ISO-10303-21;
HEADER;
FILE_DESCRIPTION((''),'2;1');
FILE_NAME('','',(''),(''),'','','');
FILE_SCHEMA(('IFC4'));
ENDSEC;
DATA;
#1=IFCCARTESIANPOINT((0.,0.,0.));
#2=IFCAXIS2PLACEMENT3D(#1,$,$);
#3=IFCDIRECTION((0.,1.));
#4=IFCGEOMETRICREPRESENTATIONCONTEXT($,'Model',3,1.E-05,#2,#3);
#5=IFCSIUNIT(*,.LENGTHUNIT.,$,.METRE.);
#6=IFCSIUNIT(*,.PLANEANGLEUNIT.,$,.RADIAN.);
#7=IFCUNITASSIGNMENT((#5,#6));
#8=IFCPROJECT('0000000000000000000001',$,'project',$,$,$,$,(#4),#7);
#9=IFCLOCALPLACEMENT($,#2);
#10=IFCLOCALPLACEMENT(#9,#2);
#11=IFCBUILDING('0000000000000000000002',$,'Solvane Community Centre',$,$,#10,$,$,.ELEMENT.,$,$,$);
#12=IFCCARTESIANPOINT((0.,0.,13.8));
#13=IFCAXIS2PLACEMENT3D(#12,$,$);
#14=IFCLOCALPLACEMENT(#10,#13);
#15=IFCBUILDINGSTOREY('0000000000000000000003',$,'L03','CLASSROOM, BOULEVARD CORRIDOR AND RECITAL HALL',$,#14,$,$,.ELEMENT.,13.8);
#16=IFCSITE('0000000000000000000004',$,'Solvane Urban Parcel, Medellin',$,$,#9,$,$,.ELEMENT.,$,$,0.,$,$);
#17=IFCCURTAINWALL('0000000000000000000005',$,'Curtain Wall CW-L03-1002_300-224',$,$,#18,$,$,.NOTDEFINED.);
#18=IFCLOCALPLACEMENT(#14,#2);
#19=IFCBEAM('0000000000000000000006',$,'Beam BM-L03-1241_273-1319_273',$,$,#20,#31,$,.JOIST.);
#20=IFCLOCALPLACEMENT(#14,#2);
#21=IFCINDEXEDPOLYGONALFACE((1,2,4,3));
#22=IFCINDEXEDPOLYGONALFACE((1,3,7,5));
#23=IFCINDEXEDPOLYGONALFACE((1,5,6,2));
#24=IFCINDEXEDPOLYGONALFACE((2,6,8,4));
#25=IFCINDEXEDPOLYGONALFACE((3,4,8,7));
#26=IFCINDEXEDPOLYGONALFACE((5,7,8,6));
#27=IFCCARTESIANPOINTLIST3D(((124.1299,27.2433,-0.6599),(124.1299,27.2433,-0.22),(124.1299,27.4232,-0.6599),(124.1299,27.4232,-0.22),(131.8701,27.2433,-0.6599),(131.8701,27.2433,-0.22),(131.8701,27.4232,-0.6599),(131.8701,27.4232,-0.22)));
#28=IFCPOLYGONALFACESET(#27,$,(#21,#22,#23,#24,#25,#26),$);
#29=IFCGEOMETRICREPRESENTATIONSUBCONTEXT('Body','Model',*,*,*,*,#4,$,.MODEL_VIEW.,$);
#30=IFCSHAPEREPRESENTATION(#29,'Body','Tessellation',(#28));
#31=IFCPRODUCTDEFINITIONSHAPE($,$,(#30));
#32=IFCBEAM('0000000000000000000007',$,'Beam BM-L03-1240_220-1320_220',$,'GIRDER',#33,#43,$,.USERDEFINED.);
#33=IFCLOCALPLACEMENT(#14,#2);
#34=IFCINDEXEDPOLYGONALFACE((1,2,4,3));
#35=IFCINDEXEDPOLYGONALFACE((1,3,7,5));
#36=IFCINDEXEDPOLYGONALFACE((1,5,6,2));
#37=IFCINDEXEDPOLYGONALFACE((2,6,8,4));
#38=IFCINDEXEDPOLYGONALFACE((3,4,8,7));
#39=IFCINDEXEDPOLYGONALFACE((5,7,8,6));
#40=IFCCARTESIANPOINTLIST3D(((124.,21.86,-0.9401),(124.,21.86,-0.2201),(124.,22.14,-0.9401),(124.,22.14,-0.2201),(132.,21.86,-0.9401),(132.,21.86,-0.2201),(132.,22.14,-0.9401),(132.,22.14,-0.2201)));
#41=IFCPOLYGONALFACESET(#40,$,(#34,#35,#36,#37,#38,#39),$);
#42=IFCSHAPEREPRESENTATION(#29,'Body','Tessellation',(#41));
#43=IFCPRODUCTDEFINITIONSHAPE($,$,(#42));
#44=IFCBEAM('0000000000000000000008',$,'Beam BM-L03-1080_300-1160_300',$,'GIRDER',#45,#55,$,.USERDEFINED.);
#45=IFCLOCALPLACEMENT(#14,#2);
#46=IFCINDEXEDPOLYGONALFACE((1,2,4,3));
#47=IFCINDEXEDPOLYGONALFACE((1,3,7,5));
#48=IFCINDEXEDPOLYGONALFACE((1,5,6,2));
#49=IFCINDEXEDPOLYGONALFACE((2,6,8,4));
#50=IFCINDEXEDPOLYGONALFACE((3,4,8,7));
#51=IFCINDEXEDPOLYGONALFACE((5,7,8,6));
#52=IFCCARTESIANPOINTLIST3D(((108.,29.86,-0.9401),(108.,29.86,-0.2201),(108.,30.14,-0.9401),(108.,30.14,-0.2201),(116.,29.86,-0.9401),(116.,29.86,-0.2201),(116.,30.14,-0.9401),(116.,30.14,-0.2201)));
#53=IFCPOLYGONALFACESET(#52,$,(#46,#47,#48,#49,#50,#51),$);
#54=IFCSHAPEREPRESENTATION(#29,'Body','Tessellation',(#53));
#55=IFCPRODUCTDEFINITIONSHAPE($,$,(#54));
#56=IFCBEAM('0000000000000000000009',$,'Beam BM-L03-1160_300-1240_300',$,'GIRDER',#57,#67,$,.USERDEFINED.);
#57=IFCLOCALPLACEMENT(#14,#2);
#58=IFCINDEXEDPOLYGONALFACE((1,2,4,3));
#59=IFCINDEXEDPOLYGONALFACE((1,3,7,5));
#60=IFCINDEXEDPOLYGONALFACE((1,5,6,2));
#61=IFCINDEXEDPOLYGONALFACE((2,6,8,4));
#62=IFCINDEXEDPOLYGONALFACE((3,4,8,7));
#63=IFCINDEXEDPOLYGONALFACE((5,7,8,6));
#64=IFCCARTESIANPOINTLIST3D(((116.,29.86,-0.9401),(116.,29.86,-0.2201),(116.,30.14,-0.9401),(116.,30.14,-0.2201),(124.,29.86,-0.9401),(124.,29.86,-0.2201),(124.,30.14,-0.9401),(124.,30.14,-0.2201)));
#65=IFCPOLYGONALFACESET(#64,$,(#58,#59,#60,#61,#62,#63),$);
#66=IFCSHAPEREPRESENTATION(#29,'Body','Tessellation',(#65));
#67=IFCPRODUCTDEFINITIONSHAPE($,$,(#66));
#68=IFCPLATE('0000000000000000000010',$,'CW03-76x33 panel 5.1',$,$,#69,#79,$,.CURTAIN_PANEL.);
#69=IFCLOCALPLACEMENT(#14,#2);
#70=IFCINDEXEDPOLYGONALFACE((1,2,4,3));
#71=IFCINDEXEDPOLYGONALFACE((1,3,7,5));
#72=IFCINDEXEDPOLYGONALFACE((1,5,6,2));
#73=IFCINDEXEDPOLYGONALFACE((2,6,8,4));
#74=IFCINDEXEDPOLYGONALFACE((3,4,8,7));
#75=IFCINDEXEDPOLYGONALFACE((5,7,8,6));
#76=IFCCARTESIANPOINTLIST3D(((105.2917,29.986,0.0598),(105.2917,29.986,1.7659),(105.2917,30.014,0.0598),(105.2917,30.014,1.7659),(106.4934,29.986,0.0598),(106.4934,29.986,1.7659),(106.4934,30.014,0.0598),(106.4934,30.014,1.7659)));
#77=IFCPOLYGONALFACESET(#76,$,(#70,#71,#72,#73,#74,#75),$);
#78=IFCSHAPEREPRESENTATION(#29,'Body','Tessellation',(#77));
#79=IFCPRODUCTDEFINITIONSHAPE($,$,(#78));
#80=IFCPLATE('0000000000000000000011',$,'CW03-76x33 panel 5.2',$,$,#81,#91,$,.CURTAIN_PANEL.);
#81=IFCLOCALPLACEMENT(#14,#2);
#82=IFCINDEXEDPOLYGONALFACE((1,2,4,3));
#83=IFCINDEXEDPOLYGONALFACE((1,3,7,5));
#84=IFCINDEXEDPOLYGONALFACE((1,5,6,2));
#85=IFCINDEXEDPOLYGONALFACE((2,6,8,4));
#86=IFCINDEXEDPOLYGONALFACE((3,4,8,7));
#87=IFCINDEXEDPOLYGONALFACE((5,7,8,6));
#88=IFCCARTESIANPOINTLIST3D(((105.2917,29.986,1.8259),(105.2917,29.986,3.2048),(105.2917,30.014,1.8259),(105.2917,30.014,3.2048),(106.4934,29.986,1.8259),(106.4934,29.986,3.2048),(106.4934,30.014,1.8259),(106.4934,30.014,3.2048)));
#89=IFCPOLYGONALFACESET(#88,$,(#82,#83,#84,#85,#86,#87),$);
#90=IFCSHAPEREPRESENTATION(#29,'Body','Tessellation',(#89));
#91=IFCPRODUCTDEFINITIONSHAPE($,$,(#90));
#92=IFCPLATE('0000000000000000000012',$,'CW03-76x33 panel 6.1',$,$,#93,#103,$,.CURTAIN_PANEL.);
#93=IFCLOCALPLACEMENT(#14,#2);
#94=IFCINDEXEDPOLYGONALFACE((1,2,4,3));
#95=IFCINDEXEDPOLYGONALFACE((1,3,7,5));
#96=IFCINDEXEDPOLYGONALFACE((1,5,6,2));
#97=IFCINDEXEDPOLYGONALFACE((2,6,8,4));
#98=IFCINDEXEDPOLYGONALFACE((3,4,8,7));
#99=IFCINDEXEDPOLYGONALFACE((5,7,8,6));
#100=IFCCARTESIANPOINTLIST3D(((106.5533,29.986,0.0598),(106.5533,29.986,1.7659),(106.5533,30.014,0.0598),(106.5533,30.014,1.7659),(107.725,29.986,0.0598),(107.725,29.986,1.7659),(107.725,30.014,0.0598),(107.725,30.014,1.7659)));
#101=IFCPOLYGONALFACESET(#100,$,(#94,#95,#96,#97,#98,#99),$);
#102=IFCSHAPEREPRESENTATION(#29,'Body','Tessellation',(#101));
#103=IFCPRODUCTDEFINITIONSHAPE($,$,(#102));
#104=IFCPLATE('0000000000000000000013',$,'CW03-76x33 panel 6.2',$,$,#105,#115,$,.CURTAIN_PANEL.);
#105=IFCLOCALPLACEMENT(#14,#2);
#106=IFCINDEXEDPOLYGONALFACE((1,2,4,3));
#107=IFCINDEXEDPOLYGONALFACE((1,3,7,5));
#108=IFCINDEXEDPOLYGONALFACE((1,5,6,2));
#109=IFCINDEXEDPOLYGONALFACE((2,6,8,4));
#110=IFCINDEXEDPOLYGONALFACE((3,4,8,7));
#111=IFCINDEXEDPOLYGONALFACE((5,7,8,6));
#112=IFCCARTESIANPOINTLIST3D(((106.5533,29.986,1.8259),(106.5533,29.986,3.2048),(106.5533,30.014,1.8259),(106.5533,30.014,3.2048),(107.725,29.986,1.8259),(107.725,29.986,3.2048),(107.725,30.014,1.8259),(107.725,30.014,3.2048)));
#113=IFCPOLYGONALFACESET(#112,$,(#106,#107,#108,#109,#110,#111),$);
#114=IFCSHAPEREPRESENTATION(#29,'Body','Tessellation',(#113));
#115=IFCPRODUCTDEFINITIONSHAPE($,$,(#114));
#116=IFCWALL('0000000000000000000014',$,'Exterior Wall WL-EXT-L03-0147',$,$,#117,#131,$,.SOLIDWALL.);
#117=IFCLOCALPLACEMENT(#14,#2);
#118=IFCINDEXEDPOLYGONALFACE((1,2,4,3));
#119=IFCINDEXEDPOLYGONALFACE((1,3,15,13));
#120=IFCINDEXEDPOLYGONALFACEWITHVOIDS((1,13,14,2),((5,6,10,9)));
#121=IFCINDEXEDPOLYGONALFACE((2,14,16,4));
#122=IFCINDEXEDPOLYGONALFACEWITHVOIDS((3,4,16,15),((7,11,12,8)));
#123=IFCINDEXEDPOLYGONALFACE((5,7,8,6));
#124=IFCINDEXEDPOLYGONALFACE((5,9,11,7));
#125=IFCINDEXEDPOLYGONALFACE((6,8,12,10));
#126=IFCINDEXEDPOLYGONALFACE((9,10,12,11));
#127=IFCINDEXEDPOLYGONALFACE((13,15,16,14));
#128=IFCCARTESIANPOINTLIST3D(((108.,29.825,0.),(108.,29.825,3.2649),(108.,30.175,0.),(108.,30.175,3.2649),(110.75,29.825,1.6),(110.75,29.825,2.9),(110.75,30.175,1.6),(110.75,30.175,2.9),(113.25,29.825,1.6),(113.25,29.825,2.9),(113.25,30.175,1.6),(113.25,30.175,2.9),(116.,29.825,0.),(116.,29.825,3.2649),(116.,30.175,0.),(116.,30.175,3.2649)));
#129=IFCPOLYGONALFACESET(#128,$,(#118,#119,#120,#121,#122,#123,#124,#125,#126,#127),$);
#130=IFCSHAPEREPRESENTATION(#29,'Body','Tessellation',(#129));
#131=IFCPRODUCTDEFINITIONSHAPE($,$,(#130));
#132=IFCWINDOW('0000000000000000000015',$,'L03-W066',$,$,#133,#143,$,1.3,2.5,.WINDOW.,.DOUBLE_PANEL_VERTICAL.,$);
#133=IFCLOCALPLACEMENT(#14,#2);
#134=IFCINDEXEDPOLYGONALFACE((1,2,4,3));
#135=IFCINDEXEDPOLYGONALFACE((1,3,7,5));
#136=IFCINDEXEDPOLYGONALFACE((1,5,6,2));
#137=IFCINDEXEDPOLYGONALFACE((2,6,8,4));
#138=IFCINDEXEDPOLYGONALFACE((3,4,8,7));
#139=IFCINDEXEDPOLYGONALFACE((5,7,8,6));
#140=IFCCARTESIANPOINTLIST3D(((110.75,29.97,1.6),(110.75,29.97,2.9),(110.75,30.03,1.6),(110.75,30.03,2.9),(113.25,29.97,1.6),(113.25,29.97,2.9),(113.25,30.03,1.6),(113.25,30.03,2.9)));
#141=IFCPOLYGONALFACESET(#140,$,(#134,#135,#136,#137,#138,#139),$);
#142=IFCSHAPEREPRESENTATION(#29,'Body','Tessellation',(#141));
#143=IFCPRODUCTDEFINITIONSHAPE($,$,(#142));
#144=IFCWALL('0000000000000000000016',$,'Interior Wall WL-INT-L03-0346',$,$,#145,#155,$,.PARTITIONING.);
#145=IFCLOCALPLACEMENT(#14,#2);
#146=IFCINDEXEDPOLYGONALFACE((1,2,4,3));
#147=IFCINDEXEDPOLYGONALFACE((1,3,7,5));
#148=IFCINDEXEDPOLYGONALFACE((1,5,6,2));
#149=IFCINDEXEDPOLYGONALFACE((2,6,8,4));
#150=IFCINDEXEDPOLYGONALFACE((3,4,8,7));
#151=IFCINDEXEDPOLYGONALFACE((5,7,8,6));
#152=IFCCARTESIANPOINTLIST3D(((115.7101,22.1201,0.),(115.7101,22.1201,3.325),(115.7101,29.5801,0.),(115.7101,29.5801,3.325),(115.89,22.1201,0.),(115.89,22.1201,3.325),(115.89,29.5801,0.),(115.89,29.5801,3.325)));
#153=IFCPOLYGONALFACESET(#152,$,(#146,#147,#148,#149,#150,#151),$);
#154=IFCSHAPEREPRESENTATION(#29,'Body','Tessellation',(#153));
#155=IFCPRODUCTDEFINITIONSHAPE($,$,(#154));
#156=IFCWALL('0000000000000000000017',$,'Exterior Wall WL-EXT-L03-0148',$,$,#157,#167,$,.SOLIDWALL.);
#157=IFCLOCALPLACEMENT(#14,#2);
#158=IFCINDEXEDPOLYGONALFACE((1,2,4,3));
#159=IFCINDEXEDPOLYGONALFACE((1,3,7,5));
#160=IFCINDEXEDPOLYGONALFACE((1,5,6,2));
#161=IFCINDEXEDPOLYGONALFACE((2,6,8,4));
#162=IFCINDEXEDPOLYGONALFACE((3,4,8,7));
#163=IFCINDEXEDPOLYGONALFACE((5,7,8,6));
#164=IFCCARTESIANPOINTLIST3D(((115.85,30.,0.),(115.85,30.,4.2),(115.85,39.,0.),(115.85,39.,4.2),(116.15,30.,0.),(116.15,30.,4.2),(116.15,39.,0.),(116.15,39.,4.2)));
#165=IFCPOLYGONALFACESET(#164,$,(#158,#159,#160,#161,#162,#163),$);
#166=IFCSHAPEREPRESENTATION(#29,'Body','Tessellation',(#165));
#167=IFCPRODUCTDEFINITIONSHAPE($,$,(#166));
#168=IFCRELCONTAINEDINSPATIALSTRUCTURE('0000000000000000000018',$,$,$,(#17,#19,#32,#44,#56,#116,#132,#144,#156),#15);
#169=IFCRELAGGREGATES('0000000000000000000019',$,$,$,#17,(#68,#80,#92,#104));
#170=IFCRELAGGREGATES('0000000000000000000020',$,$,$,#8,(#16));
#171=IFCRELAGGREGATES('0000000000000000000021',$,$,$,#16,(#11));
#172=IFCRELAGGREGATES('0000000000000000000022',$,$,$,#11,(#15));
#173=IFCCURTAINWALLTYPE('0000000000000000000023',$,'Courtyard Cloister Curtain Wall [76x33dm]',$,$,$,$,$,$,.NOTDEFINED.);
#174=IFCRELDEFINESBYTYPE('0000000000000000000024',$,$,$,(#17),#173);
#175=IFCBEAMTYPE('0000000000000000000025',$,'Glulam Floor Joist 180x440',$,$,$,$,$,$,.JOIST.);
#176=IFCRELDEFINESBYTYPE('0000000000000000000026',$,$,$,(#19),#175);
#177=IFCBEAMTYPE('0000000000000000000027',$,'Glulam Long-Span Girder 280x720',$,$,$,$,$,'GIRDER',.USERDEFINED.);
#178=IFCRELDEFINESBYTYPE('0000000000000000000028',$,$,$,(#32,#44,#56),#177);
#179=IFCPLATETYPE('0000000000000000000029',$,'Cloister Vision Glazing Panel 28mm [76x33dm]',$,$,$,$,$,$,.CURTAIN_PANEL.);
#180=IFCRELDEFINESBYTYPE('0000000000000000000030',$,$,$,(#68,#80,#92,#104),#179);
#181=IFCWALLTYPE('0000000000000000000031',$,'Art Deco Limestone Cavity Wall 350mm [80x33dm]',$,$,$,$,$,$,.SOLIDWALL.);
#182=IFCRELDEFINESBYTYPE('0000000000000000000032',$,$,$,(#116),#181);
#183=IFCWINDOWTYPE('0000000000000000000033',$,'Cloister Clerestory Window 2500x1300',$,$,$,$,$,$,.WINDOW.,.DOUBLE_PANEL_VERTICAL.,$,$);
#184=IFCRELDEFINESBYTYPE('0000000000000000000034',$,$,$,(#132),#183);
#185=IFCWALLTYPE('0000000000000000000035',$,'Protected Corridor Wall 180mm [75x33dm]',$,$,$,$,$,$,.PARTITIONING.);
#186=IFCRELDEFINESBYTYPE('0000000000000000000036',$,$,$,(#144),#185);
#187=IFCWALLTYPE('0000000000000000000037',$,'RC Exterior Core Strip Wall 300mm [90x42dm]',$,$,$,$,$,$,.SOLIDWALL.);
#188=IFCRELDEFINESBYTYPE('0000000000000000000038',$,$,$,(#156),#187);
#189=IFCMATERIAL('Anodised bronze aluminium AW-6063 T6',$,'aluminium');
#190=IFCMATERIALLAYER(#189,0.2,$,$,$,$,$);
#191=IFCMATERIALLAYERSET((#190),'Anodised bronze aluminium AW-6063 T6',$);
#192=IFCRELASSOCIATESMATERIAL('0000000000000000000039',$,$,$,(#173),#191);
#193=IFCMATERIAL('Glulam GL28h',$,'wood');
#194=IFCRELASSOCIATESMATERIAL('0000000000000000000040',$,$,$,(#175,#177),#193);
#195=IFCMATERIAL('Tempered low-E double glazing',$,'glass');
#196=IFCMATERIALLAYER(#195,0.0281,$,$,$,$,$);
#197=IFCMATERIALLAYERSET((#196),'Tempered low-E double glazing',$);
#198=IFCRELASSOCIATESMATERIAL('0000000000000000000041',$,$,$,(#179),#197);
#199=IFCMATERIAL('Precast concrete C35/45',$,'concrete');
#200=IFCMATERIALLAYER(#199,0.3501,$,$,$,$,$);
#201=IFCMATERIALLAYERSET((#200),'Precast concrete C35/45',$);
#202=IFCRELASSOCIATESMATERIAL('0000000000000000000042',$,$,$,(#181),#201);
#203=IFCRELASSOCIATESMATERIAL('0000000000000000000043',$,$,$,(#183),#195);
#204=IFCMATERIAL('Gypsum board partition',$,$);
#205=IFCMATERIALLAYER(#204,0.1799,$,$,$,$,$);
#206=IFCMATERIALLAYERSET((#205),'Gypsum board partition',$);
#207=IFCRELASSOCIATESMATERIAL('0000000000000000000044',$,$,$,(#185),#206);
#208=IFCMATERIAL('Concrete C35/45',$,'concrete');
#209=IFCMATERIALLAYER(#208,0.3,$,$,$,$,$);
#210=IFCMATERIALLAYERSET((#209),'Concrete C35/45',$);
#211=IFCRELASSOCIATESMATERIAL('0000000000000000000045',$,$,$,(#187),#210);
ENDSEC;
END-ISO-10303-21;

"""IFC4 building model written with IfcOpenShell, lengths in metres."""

from ifc_helpers import new_model, si_unit, direction, frame, frame_2d, origin, origin_2d, place, context, subcontext, project, spatial, rectangle, extrude, material, layer, layer_set, material_profile, profile_set, type_object, element, fill, aggregate, save


model = new_model("IFC4")

# Units and contexts
model_context = context("Model", 3, precision=1e-05, world=origin(), true_north=direction((0.0, 1.0)))
body_context = subcontext(model_context, "Body", "Model", "MODEL_VIEW")
ifc_project = project(units=[si_unit("LENGTHUNIT", "METRE"), si_unit("PLANEANGLEUNIT", "RADIAN")], contexts=[model_context])

# Site, building, storey
site_placement = place(None, origin())
site = spatial("IfcSite", under=ifc_project, at=site_placement, Name="Solvane Urban Parcel, Medellin", CompositionType="ELEMENT", RefElevation=0.0)
building_placement = place(site_placement, origin())
building = spatial("IfcBuilding", under=site, at=building_placement, Name="Solvane Community Centre", CompositionType="ELEMENT")
storey_placement = place(building_placement, frame((0.0, 0.0, 13.8)))
storey = spatial("IfcBuildingStorey", under=building, at=storey_placement, Name="L03", Description="CLASSROOM, BOULEVARD CORRIDOR AND RECITAL HALL", CompositionType="ELEMENT", Elevation=13.8)

# Curtain wall
ifc_material_1 = material(Name="Anodised bronze aluminium AW-6063 T6", Category="aluminium")
ifc_layer_1 = layer(ifc_material_1, 0.2)
ifc_layer_set_1 = layer_set([ifc_layer_1], Name="Anodised bronze aluminium AW-6063 T6")
curtain_wall_type = type_object("IfcCurtainWallType", Name="Courtyard Cloister Curtain Wall [76x33dm]", PredefinedType="NOTDEFINED", material=ifc_layer_set_1)
curtain_wall_placement = place(storey_placement, origin())
curtain_wall = element("IfcCurtainWall", 1, at=curtain_wall_placement, inside=storey, type_object=curtain_wall_type, Name="Curtain Wall CW-L03-1002_300-224", PredefinedType="NOTDEFINED")

# Beams
ifc_material_2 = material(Name="Glulam GL28h", Category="wood")
ifc_material_profile_1 = material_profile(ifc_material_2, rectangle(XDim=0.1799, YDim=0.4399, at=origin_2d()), Name="GL28h 180x440")
ifc_profile_set_1 = profile_set([ifc_material_profile_1], Name="Glulam GL28h")
beam_type_1 = type_object("IfcBeamType", Name="Glulam Floor Joist 180x440", PredefinedType="JOIST", material=ifc_profile_set_1)
for number, where, z_axis, x_axis, name in (
    (2, (124.1299, 27.3333, -0.4399), (1.0, 0.0, 0.0), (0.0, 1.0, 0.0), "Beam BM-L03-1241_273-1319_273"),
):
    element("IfcBeam", number, at=place(storey_placement, frame(where, z_axis=z_axis, x_axis=x_axis)), inside=storey, type_object=beam_type_1, Name=name, PredefinedType="JOIST", context=body_context, shape_type="SweptSolid", body=[
        extrude(rectangle(XDim=0.1799, YDim=0.4399, at=origin_2d()), origin(), (0.0, 0.0, 1.0), 7.7402),
    ])
ifc_material_profile_2 = material_profile(ifc_material_2, rectangle(XDim=0.28, YDim=0.72, at=origin_2d()), Name="GL28h 280x720")
ifc_profile_set_2 = profile_set([ifc_material_profile_2], Name="Glulam GL28h")
beam_type_2 = type_object("IfcBeamType", Name="Glulam Long-Span Girder 280x720", ElementType="GIRDER", PredefinedType="USERDEFINED", material=ifc_profile_set_2)
for number, where, z_axis, x_axis, name in (
    (3, (124.0, 22.0, -0.5801), (1.0, 0.0, 0.0), (0.0, 1.0, 0.0), "Beam BM-L03-1240_220-1320_220"),
    (4, (108.0, 30.0, -0.5801), (1.0, 0.0, 0.0), (0.0, 1.0, 0.0), "Beam BM-L03-1080_300-1160_300"),
    (5, (116.0, 30.0, -0.5801), (1.0, 0.0, 0.0), (0.0, 1.0, 0.0), "Beam BM-L03-1160_300-1240_300"),
):
    element("IfcBeam", number, at=place(storey_placement, frame(where, z_axis=z_axis, x_axis=x_axis)), inside=storey, type_object=beam_type_2, Name=name, ObjectType="GIRDER", PredefinedType="USERDEFINED", context=body_context, shape_type="SweptSolid", body=[
        extrude(rectangle(XDim=0.28, YDim=0.72, at=origin_2d()), origin(), (0.0, 0.0, 1.0), 8.0),
    ])

# Plates
ifc_material_3 = material(Name="Tempered low-E double glazing", Category="glass")
ifc_layer_2 = layer(ifc_material_3, 0.0281)
ifc_layer_set_2 = layer_set([ifc_layer_2], Name="Tempered low-E double glazing")
plate_type = type_object("IfcPlateType", Name="Cloister Vision Glazing Panel 28mm [76x33dm]", PredefinedType="CURTAIN_PANEL", material=ifc_layer_set_2)
plate_1_placement = place(storey_placement, frame((105.8926, 30.0, 0.0598), z_axis=(0.0, 0.0, 1.0), x_axis=(1.0, 0.0, 0.0)))
plate_1 = element("IfcPlate", 6, at=plate_1_placement, type_object=plate_type, Name="CW03-76x33 panel 5.1", PredefinedType="CURTAIN_PANEL", context=body_context, shape_type="SweptSolid", body=[
    extrude(rectangle(XDim=1.2017, YDim=0.0281, at=origin_2d()), origin(), (0.0, 0.0, 1.0), 1.7061),
])
plate_2_placement = place(storey_placement, frame((105.8926, 30.0, 1.8259), z_axis=(0.0, 0.0, 1.0), x_axis=(1.0, 0.0, 0.0)))
plate_2 = element("IfcPlate", 7, at=plate_2_placement, type_object=plate_type, Name="CW03-76x33 panel 5.2", PredefinedType="CURTAIN_PANEL", context=body_context, shape_type="SweptSolid", body=[
    extrude(rectangle(XDim=1.2017, YDim=0.0281, at=origin_2d()), origin(), (0.0, 0.0, 1.0), 1.3789),
])
plate_3_placement = place(storey_placement, frame((107.1392, 30.0, 0.0598), z_axis=(0.0, 0.0, 1.0), x_axis=(1.0, 0.0, 0.0)))
plate_3 = element("IfcPlate", 8, at=plate_3_placement, type_object=plate_type, Name="CW03-76x33 panel 6.1", PredefinedType="CURTAIN_PANEL", context=body_context, shape_type="SweptSolid", body=[
    extrude(rectangle(XDim=1.1716, YDim=0.0281, at=origin_2d()), origin(), (0.0, 0.0, 1.0), 1.7061),
])
plate_4_placement = place(storey_placement, frame((107.1392, 30.0, 1.8259), z_axis=(0.0, 0.0, 1.0), x_axis=(1.0, 0.0, 0.0)))
plate_4 = element("IfcPlate", 9, at=plate_4_placement, type_object=plate_type, Name="CW03-76x33 panel 6.2", PredefinedType="CURTAIN_PANEL", context=body_context, shape_type="SweptSolid", body=[
    extrude(rectangle(XDim=1.1716, YDim=0.0281, at=origin_2d()), origin(), (0.0, 0.0, 1.0), 1.3789),
])
aggregate(curtain_wall, [plate_1, plate_2, plate_3, plate_4])

# Wall, opening, window
ifc_material_4 = material(Name="Precast concrete C35/45", Category="concrete")
ifc_layer_3 = layer(ifc_material_4, 0.3501)
ifc_layer_set_3 = layer_set([ifc_layer_3], Name="Precast concrete C35/45")
wall_type_1 = type_object("IfcWallType", Name="Art Deco Limestone Cavity Wall 350mm [80x33dm]", PredefinedType="SOLIDWALL", material=ifc_layer_set_3)
wall_1_placement = place(storey_placement, frame((108.0, 30.0, 0.0), z_axis=(0.0, 0.0, 1.0), x_axis=(1.0, 0.0, 0.0)))
wall_1 = element("IfcWall", 10, at=wall_1_placement, inside=storey, type_object=wall_type_1, Name="Exterior Wall WL-EXT-L03-0147", PredefinedType="SOLIDWALL", context=body_context, shape_type="SweptSolid", body=[
    extrude(rectangle(XDim=8.0, YDim=0.3501, at=frame_2d((4.0, 0.0))), origin(), (0.0, 0.0, 1.0), 3.2649),
])
opening_placement = place(wall_1_placement, frame((2.75, 0.0, 1.6001)))
opening = element("IfcOpeningElement", 11, at=opening_placement, cuts=wall_1, PredefinedType="OPENING", context=body_context, shape_type="SweptSolid", body=[
    extrude(rectangle(XDim=2.5, YDim=1.3, at=frame_2d((1.25, 0.6499))), frame((0.0, 0.1851, 0.0), z_axis=(0.0, -1.0, 0.0), x_axis=(1.0, 0.0, 0.0)), (0.0, 0.0, 1.0), 0.3701),
])
window_type = type_object("IfcWindowType", Name="Cloister Clerestory Window 2500x1300", PartitioningType="DOUBLE_PANEL_VERTICAL", PredefinedType="WINDOW", material=ifc_material_3)
window_placement = place(opening_placement, origin())
window = element("IfcWindow", 12, at=window_placement, inside=storey, type_object=window_type, Name="L03-W066", OverallHeight=1.3, OverallWidth=2.5, PartitioningType="DOUBLE_PANEL_VERTICAL", PredefinedType="WINDOW", context=body_context, shape_type="SweptSolid", body=[
    extrude(rectangle(XDim=2.5, YDim=1.3, at=frame_2d((1.25, 0.6499))), frame((0.0, 0.03, 0.0), z_axis=(0.0, -1.0, 0.0), x_axis=(1.0, 0.0, 0.0)), (0.0, 0.0, 1.0), 0.0601),
])
fill(opening, window)

# Walls
ifc_material_5 = material(Name="Gypsum board partition")
ifc_layer_4 = layer(ifc_material_5, 0.1799)
ifc_layer_set_4 = layer_set([ifc_layer_4], Name="Gypsum board partition")
wall_type_2 = type_object("IfcWallType", Name="Protected Corridor Wall 180mm [75x33dm]", PredefinedType="PARTITIONING", material=ifc_layer_set_4)
wall_2_placement = place(storey_placement, frame((115.8, 22.1201, 0.0), z_axis=(0.0, 0.0, 1.0), x_axis=(0.0, 1.0, 0.0)))
element("IfcWall", 13, at=wall_2_placement, inside=storey, type_object=wall_type_2, Name="Interior Wall WL-INT-L03-0346", PredefinedType="PARTITIONING", context=body_context, shape_type="SweptSolid", body=[
    extrude(rectangle(XDim=7.46, YDim=0.1799, at=frame_2d((3.73, 0.0))), origin(), (0.0, 0.0, 1.0), 3.325),
])
ifc_material_6 = material(Name="Concrete C35/45", Category="concrete")
ifc_layer_5 = layer(ifc_material_6, 0.3)
ifc_layer_set_5 = layer_set([ifc_layer_5], Name="Concrete C35/45")
wall_type_3 = type_object("IfcWallType", Name="RC Exterior Core Strip Wall 300mm [90x42dm]", PredefinedType="SOLIDWALL", material=ifc_layer_set_5)
wall_3_placement = place(storey_placement, frame((116.0, 30.0, 0.0), z_axis=(0.0, 0.0, 1.0), x_axis=(0.0, 1.0, 0.0)))
element("IfcWall", 14, at=wall_3_placement, inside=storey, type_object=wall_type_3, Name="Exterior Wall WL-EXT-L03-0148", PredefinedType="SOLIDWALL", context=body_context, shape_type="SweptSolid", body=[
    extrude(rectangle(XDim=9.0, YDim=0.3, at=frame_2d((4.5, 0.0))), origin(), (0.0, 0.0, 1.0), 4.2),
])

save(model, "model.ifc")
